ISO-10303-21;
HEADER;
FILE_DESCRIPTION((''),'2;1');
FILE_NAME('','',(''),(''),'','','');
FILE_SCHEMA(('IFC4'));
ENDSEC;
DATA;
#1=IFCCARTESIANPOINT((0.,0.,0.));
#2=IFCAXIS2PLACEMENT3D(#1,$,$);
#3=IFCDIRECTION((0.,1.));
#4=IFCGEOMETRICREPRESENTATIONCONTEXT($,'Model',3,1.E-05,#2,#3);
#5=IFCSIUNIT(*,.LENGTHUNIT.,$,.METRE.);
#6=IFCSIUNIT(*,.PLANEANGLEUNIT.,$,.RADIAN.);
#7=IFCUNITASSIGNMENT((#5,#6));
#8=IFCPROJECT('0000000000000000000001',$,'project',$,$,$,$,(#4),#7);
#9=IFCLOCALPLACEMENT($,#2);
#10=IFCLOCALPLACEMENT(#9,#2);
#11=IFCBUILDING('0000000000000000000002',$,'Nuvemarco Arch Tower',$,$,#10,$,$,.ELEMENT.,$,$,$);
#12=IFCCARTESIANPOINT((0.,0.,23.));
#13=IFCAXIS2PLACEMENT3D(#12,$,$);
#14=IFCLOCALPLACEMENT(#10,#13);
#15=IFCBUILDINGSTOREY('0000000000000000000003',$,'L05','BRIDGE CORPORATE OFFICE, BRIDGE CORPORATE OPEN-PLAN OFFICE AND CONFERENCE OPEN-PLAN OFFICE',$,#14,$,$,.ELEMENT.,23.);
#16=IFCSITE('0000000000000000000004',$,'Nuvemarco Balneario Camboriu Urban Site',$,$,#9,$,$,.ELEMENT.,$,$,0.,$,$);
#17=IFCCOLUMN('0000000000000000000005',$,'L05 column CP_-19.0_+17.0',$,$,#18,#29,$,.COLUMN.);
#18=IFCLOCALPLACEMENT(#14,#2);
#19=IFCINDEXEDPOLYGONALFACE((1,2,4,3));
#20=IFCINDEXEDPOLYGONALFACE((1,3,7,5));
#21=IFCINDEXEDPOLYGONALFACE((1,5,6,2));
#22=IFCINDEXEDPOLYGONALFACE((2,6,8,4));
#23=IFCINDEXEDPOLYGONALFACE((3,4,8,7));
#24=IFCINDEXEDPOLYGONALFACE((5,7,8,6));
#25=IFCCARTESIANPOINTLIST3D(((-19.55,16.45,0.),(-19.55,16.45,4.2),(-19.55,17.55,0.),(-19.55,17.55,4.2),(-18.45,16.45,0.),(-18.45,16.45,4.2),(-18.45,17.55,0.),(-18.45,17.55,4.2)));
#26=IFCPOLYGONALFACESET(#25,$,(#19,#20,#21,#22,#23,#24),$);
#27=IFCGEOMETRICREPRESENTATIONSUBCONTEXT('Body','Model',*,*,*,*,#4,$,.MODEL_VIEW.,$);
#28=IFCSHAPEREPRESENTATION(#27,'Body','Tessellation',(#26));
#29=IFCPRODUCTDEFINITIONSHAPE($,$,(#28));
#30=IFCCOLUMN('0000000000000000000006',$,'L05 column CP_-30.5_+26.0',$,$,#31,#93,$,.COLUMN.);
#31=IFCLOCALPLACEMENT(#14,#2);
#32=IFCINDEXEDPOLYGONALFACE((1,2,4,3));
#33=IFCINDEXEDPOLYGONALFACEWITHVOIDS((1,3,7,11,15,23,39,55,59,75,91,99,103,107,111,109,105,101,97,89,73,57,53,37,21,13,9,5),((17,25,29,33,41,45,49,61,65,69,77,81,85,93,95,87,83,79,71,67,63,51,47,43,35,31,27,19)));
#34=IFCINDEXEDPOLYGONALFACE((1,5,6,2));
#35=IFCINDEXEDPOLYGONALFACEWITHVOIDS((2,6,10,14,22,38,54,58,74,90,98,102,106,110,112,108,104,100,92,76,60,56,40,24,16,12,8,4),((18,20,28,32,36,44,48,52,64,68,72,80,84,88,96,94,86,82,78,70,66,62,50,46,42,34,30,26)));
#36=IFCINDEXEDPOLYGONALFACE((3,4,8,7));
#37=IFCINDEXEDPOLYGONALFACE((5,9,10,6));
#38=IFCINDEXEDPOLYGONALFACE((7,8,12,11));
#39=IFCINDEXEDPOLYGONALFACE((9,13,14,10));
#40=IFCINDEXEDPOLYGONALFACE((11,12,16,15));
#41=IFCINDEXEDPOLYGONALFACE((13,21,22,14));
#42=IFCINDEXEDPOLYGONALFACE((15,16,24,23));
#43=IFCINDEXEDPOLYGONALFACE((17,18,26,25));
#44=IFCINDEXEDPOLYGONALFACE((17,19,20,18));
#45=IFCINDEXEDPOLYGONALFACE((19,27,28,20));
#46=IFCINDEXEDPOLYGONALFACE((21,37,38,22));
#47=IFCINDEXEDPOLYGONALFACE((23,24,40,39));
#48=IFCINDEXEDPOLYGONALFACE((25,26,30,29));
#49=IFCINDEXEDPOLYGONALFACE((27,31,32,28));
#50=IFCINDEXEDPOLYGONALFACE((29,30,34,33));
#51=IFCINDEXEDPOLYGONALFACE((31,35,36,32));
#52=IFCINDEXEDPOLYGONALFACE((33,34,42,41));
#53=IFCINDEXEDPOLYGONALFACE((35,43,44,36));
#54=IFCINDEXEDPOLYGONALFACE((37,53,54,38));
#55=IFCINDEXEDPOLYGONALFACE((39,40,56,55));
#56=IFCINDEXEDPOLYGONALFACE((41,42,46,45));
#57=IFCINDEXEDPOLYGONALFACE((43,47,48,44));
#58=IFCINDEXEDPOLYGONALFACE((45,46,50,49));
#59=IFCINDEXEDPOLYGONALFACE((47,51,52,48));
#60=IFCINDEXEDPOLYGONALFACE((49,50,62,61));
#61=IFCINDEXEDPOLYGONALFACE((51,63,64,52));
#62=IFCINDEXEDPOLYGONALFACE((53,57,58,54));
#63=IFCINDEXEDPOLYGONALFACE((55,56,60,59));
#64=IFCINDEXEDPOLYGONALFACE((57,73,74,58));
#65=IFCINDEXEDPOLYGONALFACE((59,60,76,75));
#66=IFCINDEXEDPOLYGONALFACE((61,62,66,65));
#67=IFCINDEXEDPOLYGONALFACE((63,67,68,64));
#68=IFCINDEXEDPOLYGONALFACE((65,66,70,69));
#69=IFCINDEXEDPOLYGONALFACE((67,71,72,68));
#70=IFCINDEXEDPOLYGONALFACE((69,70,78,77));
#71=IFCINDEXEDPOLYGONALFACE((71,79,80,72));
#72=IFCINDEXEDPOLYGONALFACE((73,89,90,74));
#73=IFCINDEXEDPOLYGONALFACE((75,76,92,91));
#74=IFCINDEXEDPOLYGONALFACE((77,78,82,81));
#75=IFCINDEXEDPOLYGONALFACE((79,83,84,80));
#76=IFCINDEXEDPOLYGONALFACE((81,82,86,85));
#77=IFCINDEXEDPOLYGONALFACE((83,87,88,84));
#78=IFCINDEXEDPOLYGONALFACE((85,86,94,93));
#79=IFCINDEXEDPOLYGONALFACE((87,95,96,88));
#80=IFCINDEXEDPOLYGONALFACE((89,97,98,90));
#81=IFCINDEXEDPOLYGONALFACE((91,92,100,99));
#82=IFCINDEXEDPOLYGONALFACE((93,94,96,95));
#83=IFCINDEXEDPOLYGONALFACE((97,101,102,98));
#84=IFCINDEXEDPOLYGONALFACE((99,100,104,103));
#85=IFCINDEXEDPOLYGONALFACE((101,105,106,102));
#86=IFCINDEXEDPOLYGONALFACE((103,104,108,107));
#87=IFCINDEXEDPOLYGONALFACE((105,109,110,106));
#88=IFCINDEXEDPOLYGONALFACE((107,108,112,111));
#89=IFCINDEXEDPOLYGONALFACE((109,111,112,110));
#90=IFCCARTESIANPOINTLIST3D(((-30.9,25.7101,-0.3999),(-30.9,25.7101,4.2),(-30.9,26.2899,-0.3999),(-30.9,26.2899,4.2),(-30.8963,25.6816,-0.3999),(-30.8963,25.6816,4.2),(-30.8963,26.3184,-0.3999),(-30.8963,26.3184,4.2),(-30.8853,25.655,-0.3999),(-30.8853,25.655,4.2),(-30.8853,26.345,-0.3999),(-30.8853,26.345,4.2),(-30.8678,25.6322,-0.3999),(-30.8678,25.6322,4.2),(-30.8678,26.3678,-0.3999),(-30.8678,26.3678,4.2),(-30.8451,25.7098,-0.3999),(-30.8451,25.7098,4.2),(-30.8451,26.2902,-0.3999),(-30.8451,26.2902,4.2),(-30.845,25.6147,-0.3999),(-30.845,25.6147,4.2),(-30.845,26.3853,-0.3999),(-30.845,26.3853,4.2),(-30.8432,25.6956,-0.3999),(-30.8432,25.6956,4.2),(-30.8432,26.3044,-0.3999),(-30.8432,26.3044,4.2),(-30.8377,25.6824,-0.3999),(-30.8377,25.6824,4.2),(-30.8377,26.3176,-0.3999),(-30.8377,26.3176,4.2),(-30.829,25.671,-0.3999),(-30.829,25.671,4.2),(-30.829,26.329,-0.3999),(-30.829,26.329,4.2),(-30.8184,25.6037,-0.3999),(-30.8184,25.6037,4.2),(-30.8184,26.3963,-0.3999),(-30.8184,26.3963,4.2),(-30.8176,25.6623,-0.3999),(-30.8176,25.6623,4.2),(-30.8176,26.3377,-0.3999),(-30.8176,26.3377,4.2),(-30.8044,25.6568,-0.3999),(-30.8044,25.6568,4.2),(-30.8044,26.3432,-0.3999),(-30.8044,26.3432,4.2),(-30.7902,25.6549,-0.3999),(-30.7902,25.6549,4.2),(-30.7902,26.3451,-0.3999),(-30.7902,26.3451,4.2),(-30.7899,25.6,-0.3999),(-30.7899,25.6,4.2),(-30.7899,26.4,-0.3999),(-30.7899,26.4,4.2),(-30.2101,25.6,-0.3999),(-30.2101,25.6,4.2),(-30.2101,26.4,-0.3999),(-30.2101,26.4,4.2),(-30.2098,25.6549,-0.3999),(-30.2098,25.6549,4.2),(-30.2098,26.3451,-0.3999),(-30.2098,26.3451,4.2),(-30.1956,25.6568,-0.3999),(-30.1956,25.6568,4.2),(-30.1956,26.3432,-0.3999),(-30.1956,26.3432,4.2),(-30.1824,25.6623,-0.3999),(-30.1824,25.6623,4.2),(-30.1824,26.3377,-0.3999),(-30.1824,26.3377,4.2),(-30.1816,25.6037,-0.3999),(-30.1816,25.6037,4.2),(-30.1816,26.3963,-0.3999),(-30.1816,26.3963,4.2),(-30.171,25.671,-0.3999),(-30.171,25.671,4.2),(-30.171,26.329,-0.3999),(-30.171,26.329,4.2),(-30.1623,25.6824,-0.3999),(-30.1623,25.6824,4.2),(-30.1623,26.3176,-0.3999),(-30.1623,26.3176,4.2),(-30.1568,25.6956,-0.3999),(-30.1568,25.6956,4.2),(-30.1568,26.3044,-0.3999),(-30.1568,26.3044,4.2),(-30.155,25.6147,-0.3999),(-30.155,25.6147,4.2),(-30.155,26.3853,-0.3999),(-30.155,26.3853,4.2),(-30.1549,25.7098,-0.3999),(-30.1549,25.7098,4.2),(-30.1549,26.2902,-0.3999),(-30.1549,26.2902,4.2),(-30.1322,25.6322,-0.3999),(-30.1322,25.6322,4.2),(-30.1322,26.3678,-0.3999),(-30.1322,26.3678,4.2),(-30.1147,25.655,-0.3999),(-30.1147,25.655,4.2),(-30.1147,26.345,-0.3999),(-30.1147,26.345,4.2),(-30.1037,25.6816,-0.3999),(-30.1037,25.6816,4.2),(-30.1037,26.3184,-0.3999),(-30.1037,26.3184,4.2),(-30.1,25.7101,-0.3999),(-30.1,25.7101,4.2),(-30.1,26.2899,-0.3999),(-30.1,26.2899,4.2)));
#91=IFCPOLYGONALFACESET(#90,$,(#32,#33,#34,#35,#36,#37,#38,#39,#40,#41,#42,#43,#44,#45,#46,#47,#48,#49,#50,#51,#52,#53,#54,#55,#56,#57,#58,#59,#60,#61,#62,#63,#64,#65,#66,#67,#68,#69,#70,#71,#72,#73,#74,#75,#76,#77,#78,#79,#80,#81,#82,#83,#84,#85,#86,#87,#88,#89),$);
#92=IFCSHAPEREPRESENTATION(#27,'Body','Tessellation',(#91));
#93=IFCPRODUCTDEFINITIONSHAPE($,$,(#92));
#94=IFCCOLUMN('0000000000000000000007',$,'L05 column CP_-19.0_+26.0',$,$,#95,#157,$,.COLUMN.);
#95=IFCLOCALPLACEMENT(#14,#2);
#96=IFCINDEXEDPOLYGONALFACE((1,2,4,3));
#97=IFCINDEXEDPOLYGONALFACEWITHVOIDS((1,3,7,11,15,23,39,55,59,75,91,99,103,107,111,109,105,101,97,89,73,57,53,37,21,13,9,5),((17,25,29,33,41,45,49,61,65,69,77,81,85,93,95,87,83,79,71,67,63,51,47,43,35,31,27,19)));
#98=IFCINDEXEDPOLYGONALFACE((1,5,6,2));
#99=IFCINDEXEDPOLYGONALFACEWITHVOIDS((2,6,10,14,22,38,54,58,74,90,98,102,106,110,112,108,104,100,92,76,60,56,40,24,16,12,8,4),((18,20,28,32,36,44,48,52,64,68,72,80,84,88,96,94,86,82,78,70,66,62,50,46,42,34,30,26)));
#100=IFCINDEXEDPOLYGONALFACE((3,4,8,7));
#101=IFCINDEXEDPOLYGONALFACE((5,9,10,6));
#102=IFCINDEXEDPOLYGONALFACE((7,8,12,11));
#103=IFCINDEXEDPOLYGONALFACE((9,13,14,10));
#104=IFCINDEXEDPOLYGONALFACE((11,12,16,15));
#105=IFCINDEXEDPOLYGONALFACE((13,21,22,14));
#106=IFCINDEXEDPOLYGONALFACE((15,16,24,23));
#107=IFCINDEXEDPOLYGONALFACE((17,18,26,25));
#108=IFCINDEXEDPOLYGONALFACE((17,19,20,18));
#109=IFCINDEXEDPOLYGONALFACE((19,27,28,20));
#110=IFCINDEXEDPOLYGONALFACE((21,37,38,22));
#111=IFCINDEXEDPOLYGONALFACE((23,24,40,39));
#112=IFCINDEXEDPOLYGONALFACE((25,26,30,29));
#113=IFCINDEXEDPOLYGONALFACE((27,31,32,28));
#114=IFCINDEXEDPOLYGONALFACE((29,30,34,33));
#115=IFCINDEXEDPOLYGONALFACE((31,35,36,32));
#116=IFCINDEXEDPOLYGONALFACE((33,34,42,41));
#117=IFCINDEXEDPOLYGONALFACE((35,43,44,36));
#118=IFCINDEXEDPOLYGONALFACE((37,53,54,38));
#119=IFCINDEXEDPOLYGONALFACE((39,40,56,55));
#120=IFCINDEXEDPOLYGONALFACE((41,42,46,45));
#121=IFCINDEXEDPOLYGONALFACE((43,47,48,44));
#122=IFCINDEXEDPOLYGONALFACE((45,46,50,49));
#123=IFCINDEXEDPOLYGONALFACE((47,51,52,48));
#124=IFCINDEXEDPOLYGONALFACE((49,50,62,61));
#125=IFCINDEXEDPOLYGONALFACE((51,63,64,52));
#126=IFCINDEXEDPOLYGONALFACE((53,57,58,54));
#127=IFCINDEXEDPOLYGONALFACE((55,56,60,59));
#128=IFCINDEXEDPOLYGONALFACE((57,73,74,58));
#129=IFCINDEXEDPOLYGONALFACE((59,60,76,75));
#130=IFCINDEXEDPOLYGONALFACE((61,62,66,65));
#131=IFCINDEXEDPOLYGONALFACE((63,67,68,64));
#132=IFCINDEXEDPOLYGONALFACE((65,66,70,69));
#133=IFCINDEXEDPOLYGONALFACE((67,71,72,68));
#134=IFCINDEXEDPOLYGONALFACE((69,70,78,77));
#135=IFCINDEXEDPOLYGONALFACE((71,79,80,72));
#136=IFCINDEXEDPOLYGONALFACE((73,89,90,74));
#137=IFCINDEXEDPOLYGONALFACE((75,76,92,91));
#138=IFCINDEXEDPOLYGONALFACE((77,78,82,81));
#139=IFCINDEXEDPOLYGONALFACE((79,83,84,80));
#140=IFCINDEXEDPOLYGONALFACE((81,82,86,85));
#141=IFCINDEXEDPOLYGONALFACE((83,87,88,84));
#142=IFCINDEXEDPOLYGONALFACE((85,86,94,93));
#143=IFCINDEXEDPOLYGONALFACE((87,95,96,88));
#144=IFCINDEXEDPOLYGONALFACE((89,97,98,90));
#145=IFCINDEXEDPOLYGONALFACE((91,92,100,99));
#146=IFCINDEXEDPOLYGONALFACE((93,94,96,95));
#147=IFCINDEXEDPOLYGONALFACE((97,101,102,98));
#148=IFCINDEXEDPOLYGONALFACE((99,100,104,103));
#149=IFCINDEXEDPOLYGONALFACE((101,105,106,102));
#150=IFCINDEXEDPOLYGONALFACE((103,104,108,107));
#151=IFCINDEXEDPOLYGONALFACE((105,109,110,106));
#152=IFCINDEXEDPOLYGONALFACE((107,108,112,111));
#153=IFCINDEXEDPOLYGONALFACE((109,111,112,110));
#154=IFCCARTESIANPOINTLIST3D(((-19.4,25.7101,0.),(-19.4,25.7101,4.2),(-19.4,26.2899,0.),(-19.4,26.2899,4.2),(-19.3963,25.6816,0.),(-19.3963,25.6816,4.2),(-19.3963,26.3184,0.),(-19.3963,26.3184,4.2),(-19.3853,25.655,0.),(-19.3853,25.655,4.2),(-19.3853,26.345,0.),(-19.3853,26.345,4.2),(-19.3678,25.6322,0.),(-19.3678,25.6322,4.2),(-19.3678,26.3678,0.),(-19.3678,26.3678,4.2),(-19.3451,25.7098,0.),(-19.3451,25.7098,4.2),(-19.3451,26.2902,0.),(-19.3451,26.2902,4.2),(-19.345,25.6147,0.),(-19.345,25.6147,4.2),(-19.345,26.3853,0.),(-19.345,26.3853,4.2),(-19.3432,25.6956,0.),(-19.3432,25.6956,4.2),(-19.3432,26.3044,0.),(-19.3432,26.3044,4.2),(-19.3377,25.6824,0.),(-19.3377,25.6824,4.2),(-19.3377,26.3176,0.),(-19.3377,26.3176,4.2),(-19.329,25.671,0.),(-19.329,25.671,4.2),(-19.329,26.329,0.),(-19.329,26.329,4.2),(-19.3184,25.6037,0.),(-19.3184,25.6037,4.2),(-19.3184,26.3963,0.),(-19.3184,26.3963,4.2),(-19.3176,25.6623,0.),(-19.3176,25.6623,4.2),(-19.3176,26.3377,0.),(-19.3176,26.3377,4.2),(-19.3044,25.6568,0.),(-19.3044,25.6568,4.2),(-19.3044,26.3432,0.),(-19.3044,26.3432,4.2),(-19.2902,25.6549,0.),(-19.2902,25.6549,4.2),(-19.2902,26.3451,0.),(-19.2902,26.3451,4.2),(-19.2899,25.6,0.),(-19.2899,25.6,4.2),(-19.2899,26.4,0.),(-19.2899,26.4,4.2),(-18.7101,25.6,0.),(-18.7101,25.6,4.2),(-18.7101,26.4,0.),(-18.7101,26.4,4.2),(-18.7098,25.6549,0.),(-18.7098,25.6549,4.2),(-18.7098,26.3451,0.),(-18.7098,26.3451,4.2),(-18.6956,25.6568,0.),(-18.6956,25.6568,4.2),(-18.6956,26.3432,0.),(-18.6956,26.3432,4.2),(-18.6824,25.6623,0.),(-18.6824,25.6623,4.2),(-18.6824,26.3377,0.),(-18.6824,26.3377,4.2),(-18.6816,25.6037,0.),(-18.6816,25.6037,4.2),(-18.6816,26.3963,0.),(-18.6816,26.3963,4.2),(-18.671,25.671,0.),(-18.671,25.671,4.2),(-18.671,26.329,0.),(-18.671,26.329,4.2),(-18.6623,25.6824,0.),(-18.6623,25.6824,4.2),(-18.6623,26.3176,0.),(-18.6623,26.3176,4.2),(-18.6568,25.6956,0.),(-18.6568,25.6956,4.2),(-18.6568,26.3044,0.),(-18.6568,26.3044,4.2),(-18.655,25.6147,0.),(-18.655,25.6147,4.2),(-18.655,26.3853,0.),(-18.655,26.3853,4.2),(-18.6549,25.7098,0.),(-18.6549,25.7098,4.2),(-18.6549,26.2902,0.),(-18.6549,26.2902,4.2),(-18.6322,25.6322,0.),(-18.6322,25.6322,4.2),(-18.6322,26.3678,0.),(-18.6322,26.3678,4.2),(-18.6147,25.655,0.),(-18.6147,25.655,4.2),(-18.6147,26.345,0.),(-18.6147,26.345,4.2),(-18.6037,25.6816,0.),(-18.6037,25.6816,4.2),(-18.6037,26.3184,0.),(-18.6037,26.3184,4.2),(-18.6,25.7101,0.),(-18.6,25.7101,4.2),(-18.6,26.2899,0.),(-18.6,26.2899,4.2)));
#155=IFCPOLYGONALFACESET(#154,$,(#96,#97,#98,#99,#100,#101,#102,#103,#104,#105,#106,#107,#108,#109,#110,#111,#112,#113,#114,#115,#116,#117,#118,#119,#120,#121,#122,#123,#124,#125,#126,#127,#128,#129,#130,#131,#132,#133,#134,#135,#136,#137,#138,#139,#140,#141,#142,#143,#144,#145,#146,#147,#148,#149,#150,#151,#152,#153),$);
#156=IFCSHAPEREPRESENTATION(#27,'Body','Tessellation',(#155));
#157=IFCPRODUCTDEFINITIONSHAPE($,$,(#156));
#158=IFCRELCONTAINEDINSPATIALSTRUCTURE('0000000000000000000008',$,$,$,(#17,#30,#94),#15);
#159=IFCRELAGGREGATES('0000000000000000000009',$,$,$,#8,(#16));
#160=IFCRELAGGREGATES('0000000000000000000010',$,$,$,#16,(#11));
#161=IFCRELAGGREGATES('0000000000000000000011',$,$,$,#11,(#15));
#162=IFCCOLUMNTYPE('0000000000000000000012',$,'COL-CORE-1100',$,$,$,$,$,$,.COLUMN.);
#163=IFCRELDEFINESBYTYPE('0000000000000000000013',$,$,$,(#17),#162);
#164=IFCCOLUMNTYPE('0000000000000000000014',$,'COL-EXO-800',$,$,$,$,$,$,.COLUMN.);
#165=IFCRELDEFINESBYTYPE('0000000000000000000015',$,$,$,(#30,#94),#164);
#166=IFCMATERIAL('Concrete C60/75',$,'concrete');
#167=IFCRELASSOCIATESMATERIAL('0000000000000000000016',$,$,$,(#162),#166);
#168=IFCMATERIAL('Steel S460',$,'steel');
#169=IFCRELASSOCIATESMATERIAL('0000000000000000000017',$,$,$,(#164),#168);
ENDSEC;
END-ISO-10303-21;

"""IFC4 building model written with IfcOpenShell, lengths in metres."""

from ifc_helpers import new_model, si_unit, direction, frame, origin, origin_2d, place, context, subcontext, project, spatial, rectangle, hollow_rectangle, extrude, material, material_profile, profile_set, type_object, element, save


model = new_model("IFC4")

# Units and contexts
model_context = context("Model", 3, precision=1e-05, world=origin(), true_north=direction((0.0, 1.0)))
body_context = subcontext(model_context, "Body", "Model", "MODEL_VIEW")
ifc_project = project(units=[si_unit("LENGTHUNIT", "METRE"), si_unit("PLANEANGLEUNIT", "RADIAN")], contexts=[model_context])

# Site, building, storey
site_placement = place(None, origin())
site = spatial("IfcSite", under=ifc_project, at=site_placement, Name="Nuvemarco Balneario Camboriu Urban Site", CompositionType="ELEMENT", RefElevation=0.0)
building_placement = place(site_placement, origin())
building = spatial("IfcBuilding", under=site, at=building_placement, Name="Nuvemarco Arch Tower", CompositionType="ELEMENT")
storey_placement = place(building_placement, frame((0.0, 0.0, 23.0)))
storey = spatial("IfcBuildingStorey", under=building, at=storey_placement, Name="L05", Description="BRIDGE CORPORATE OFFICE, BRIDGE CORPORATE OPEN-PLAN OFFICE AND CONFERENCE OPEN-PLAN OFFICE", CompositionType="ELEMENT", Elevation=23.0)

# Columns
ifc_material_1 = material(Name="Concrete C60/75", Category="concrete")
ifc_material_profile_1 = material_profile(ifc_material_1, rectangle(XDim=1.1001, YDim=1.1001, at=origin_2d()), Name="RC-COL-1100x1100")
ifc_profile_set_1 = profile_set([ifc_material_profile_1], Name="Concrete C60/75")
column_type_1 = type_object("IfcColumnType", Name="COL-CORE-1100", PredefinedType="COLUMN", material=ifc_profile_set_1)
column_1_placement = place(storey_placement, frame((-19.0, 17.0, 0.0), z_axis=(0.0, 0.0, 1.0), x_axis=(1.0, 0.0, 0.0)))
element("IfcColumn", 1, at=column_1_placement, inside=storey, type_object=column_type_1, Name="L05 column CP_-19.0_+17.0", PredefinedType="COLUMN", context=body_context, shape_type="SweptSolid", body=[
    extrude(rectangle(XDim=1.1001, YDim=1.1001, at=origin_2d()), origin(), (0.0, 0.0, 1.0), 4.2),
])
ifc_material_2 = material(Name="Steel S460", Category="steel")
ifc_material_profile_2 = material_profile(ifc_material_2, hollow_rectangle(XDim=0.8, YDim=0.8, WallThickness=0.0549, InnerFilletRadius=0.0549, OuterFilletRadius=0.1101, at=origin_2d()), Name="SHS800x800x55")
ifc_profile_set_2 = profile_set([ifc_material_profile_2], Name="Steel S460")
column_type_2 = type_object("IfcColumnType", Name="COL-EXO-800", PredefinedType="COLUMN", material=ifc_profile_set_2)
column_2_placement = place(storey_placement, frame((-30.5, 26.0, -0.3999), z_axis=(0.0, 0.0, 1.0), x_axis=(1.0, 0.0, 0.0)))
element("IfcColumn", 2, at=column_2_placement, inside=storey, type_object=column_type_2, Name="L05 column CP_-30.5_+26.0", PredefinedType="COLUMN", context=body_context, shape_type="SweptSolid", body=[
    extrude(hollow_rectangle(XDim=0.8, YDim=0.8, WallThickness=0.0549, InnerFilletRadius=0.0549, OuterFilletRadius=0.1101, at=origin_2d()), origin(), (0.0, 0.0, 1.0), 4.5999),
])
column_3_placement = place(storey_placement, frame((-19.0, 26.0, 0.0), z_axis=(0.0, 0.0, 1.0), x_axis=(1.0, 0.0, 0.0)))
element("IfcColumn", 3, at=column_3_placement, inside=storey, type_object=column_type_2, Name="L05 column CP_-19.0_+26.0", PredefinedType="COLUMN", context=body_context, shape_type="SweptSolid", body=[
    extrude(hollow_rectangle(XDim=0.8, YDim=0.8, WallThickness=0.0549, InnerFilletRadius=0.0549, OuterFilletRadius=0.1101, at=origin_2d()), origin(), (0.0, 0.0, 1.0), 4.2),
])

save(model, "model.ifc")
